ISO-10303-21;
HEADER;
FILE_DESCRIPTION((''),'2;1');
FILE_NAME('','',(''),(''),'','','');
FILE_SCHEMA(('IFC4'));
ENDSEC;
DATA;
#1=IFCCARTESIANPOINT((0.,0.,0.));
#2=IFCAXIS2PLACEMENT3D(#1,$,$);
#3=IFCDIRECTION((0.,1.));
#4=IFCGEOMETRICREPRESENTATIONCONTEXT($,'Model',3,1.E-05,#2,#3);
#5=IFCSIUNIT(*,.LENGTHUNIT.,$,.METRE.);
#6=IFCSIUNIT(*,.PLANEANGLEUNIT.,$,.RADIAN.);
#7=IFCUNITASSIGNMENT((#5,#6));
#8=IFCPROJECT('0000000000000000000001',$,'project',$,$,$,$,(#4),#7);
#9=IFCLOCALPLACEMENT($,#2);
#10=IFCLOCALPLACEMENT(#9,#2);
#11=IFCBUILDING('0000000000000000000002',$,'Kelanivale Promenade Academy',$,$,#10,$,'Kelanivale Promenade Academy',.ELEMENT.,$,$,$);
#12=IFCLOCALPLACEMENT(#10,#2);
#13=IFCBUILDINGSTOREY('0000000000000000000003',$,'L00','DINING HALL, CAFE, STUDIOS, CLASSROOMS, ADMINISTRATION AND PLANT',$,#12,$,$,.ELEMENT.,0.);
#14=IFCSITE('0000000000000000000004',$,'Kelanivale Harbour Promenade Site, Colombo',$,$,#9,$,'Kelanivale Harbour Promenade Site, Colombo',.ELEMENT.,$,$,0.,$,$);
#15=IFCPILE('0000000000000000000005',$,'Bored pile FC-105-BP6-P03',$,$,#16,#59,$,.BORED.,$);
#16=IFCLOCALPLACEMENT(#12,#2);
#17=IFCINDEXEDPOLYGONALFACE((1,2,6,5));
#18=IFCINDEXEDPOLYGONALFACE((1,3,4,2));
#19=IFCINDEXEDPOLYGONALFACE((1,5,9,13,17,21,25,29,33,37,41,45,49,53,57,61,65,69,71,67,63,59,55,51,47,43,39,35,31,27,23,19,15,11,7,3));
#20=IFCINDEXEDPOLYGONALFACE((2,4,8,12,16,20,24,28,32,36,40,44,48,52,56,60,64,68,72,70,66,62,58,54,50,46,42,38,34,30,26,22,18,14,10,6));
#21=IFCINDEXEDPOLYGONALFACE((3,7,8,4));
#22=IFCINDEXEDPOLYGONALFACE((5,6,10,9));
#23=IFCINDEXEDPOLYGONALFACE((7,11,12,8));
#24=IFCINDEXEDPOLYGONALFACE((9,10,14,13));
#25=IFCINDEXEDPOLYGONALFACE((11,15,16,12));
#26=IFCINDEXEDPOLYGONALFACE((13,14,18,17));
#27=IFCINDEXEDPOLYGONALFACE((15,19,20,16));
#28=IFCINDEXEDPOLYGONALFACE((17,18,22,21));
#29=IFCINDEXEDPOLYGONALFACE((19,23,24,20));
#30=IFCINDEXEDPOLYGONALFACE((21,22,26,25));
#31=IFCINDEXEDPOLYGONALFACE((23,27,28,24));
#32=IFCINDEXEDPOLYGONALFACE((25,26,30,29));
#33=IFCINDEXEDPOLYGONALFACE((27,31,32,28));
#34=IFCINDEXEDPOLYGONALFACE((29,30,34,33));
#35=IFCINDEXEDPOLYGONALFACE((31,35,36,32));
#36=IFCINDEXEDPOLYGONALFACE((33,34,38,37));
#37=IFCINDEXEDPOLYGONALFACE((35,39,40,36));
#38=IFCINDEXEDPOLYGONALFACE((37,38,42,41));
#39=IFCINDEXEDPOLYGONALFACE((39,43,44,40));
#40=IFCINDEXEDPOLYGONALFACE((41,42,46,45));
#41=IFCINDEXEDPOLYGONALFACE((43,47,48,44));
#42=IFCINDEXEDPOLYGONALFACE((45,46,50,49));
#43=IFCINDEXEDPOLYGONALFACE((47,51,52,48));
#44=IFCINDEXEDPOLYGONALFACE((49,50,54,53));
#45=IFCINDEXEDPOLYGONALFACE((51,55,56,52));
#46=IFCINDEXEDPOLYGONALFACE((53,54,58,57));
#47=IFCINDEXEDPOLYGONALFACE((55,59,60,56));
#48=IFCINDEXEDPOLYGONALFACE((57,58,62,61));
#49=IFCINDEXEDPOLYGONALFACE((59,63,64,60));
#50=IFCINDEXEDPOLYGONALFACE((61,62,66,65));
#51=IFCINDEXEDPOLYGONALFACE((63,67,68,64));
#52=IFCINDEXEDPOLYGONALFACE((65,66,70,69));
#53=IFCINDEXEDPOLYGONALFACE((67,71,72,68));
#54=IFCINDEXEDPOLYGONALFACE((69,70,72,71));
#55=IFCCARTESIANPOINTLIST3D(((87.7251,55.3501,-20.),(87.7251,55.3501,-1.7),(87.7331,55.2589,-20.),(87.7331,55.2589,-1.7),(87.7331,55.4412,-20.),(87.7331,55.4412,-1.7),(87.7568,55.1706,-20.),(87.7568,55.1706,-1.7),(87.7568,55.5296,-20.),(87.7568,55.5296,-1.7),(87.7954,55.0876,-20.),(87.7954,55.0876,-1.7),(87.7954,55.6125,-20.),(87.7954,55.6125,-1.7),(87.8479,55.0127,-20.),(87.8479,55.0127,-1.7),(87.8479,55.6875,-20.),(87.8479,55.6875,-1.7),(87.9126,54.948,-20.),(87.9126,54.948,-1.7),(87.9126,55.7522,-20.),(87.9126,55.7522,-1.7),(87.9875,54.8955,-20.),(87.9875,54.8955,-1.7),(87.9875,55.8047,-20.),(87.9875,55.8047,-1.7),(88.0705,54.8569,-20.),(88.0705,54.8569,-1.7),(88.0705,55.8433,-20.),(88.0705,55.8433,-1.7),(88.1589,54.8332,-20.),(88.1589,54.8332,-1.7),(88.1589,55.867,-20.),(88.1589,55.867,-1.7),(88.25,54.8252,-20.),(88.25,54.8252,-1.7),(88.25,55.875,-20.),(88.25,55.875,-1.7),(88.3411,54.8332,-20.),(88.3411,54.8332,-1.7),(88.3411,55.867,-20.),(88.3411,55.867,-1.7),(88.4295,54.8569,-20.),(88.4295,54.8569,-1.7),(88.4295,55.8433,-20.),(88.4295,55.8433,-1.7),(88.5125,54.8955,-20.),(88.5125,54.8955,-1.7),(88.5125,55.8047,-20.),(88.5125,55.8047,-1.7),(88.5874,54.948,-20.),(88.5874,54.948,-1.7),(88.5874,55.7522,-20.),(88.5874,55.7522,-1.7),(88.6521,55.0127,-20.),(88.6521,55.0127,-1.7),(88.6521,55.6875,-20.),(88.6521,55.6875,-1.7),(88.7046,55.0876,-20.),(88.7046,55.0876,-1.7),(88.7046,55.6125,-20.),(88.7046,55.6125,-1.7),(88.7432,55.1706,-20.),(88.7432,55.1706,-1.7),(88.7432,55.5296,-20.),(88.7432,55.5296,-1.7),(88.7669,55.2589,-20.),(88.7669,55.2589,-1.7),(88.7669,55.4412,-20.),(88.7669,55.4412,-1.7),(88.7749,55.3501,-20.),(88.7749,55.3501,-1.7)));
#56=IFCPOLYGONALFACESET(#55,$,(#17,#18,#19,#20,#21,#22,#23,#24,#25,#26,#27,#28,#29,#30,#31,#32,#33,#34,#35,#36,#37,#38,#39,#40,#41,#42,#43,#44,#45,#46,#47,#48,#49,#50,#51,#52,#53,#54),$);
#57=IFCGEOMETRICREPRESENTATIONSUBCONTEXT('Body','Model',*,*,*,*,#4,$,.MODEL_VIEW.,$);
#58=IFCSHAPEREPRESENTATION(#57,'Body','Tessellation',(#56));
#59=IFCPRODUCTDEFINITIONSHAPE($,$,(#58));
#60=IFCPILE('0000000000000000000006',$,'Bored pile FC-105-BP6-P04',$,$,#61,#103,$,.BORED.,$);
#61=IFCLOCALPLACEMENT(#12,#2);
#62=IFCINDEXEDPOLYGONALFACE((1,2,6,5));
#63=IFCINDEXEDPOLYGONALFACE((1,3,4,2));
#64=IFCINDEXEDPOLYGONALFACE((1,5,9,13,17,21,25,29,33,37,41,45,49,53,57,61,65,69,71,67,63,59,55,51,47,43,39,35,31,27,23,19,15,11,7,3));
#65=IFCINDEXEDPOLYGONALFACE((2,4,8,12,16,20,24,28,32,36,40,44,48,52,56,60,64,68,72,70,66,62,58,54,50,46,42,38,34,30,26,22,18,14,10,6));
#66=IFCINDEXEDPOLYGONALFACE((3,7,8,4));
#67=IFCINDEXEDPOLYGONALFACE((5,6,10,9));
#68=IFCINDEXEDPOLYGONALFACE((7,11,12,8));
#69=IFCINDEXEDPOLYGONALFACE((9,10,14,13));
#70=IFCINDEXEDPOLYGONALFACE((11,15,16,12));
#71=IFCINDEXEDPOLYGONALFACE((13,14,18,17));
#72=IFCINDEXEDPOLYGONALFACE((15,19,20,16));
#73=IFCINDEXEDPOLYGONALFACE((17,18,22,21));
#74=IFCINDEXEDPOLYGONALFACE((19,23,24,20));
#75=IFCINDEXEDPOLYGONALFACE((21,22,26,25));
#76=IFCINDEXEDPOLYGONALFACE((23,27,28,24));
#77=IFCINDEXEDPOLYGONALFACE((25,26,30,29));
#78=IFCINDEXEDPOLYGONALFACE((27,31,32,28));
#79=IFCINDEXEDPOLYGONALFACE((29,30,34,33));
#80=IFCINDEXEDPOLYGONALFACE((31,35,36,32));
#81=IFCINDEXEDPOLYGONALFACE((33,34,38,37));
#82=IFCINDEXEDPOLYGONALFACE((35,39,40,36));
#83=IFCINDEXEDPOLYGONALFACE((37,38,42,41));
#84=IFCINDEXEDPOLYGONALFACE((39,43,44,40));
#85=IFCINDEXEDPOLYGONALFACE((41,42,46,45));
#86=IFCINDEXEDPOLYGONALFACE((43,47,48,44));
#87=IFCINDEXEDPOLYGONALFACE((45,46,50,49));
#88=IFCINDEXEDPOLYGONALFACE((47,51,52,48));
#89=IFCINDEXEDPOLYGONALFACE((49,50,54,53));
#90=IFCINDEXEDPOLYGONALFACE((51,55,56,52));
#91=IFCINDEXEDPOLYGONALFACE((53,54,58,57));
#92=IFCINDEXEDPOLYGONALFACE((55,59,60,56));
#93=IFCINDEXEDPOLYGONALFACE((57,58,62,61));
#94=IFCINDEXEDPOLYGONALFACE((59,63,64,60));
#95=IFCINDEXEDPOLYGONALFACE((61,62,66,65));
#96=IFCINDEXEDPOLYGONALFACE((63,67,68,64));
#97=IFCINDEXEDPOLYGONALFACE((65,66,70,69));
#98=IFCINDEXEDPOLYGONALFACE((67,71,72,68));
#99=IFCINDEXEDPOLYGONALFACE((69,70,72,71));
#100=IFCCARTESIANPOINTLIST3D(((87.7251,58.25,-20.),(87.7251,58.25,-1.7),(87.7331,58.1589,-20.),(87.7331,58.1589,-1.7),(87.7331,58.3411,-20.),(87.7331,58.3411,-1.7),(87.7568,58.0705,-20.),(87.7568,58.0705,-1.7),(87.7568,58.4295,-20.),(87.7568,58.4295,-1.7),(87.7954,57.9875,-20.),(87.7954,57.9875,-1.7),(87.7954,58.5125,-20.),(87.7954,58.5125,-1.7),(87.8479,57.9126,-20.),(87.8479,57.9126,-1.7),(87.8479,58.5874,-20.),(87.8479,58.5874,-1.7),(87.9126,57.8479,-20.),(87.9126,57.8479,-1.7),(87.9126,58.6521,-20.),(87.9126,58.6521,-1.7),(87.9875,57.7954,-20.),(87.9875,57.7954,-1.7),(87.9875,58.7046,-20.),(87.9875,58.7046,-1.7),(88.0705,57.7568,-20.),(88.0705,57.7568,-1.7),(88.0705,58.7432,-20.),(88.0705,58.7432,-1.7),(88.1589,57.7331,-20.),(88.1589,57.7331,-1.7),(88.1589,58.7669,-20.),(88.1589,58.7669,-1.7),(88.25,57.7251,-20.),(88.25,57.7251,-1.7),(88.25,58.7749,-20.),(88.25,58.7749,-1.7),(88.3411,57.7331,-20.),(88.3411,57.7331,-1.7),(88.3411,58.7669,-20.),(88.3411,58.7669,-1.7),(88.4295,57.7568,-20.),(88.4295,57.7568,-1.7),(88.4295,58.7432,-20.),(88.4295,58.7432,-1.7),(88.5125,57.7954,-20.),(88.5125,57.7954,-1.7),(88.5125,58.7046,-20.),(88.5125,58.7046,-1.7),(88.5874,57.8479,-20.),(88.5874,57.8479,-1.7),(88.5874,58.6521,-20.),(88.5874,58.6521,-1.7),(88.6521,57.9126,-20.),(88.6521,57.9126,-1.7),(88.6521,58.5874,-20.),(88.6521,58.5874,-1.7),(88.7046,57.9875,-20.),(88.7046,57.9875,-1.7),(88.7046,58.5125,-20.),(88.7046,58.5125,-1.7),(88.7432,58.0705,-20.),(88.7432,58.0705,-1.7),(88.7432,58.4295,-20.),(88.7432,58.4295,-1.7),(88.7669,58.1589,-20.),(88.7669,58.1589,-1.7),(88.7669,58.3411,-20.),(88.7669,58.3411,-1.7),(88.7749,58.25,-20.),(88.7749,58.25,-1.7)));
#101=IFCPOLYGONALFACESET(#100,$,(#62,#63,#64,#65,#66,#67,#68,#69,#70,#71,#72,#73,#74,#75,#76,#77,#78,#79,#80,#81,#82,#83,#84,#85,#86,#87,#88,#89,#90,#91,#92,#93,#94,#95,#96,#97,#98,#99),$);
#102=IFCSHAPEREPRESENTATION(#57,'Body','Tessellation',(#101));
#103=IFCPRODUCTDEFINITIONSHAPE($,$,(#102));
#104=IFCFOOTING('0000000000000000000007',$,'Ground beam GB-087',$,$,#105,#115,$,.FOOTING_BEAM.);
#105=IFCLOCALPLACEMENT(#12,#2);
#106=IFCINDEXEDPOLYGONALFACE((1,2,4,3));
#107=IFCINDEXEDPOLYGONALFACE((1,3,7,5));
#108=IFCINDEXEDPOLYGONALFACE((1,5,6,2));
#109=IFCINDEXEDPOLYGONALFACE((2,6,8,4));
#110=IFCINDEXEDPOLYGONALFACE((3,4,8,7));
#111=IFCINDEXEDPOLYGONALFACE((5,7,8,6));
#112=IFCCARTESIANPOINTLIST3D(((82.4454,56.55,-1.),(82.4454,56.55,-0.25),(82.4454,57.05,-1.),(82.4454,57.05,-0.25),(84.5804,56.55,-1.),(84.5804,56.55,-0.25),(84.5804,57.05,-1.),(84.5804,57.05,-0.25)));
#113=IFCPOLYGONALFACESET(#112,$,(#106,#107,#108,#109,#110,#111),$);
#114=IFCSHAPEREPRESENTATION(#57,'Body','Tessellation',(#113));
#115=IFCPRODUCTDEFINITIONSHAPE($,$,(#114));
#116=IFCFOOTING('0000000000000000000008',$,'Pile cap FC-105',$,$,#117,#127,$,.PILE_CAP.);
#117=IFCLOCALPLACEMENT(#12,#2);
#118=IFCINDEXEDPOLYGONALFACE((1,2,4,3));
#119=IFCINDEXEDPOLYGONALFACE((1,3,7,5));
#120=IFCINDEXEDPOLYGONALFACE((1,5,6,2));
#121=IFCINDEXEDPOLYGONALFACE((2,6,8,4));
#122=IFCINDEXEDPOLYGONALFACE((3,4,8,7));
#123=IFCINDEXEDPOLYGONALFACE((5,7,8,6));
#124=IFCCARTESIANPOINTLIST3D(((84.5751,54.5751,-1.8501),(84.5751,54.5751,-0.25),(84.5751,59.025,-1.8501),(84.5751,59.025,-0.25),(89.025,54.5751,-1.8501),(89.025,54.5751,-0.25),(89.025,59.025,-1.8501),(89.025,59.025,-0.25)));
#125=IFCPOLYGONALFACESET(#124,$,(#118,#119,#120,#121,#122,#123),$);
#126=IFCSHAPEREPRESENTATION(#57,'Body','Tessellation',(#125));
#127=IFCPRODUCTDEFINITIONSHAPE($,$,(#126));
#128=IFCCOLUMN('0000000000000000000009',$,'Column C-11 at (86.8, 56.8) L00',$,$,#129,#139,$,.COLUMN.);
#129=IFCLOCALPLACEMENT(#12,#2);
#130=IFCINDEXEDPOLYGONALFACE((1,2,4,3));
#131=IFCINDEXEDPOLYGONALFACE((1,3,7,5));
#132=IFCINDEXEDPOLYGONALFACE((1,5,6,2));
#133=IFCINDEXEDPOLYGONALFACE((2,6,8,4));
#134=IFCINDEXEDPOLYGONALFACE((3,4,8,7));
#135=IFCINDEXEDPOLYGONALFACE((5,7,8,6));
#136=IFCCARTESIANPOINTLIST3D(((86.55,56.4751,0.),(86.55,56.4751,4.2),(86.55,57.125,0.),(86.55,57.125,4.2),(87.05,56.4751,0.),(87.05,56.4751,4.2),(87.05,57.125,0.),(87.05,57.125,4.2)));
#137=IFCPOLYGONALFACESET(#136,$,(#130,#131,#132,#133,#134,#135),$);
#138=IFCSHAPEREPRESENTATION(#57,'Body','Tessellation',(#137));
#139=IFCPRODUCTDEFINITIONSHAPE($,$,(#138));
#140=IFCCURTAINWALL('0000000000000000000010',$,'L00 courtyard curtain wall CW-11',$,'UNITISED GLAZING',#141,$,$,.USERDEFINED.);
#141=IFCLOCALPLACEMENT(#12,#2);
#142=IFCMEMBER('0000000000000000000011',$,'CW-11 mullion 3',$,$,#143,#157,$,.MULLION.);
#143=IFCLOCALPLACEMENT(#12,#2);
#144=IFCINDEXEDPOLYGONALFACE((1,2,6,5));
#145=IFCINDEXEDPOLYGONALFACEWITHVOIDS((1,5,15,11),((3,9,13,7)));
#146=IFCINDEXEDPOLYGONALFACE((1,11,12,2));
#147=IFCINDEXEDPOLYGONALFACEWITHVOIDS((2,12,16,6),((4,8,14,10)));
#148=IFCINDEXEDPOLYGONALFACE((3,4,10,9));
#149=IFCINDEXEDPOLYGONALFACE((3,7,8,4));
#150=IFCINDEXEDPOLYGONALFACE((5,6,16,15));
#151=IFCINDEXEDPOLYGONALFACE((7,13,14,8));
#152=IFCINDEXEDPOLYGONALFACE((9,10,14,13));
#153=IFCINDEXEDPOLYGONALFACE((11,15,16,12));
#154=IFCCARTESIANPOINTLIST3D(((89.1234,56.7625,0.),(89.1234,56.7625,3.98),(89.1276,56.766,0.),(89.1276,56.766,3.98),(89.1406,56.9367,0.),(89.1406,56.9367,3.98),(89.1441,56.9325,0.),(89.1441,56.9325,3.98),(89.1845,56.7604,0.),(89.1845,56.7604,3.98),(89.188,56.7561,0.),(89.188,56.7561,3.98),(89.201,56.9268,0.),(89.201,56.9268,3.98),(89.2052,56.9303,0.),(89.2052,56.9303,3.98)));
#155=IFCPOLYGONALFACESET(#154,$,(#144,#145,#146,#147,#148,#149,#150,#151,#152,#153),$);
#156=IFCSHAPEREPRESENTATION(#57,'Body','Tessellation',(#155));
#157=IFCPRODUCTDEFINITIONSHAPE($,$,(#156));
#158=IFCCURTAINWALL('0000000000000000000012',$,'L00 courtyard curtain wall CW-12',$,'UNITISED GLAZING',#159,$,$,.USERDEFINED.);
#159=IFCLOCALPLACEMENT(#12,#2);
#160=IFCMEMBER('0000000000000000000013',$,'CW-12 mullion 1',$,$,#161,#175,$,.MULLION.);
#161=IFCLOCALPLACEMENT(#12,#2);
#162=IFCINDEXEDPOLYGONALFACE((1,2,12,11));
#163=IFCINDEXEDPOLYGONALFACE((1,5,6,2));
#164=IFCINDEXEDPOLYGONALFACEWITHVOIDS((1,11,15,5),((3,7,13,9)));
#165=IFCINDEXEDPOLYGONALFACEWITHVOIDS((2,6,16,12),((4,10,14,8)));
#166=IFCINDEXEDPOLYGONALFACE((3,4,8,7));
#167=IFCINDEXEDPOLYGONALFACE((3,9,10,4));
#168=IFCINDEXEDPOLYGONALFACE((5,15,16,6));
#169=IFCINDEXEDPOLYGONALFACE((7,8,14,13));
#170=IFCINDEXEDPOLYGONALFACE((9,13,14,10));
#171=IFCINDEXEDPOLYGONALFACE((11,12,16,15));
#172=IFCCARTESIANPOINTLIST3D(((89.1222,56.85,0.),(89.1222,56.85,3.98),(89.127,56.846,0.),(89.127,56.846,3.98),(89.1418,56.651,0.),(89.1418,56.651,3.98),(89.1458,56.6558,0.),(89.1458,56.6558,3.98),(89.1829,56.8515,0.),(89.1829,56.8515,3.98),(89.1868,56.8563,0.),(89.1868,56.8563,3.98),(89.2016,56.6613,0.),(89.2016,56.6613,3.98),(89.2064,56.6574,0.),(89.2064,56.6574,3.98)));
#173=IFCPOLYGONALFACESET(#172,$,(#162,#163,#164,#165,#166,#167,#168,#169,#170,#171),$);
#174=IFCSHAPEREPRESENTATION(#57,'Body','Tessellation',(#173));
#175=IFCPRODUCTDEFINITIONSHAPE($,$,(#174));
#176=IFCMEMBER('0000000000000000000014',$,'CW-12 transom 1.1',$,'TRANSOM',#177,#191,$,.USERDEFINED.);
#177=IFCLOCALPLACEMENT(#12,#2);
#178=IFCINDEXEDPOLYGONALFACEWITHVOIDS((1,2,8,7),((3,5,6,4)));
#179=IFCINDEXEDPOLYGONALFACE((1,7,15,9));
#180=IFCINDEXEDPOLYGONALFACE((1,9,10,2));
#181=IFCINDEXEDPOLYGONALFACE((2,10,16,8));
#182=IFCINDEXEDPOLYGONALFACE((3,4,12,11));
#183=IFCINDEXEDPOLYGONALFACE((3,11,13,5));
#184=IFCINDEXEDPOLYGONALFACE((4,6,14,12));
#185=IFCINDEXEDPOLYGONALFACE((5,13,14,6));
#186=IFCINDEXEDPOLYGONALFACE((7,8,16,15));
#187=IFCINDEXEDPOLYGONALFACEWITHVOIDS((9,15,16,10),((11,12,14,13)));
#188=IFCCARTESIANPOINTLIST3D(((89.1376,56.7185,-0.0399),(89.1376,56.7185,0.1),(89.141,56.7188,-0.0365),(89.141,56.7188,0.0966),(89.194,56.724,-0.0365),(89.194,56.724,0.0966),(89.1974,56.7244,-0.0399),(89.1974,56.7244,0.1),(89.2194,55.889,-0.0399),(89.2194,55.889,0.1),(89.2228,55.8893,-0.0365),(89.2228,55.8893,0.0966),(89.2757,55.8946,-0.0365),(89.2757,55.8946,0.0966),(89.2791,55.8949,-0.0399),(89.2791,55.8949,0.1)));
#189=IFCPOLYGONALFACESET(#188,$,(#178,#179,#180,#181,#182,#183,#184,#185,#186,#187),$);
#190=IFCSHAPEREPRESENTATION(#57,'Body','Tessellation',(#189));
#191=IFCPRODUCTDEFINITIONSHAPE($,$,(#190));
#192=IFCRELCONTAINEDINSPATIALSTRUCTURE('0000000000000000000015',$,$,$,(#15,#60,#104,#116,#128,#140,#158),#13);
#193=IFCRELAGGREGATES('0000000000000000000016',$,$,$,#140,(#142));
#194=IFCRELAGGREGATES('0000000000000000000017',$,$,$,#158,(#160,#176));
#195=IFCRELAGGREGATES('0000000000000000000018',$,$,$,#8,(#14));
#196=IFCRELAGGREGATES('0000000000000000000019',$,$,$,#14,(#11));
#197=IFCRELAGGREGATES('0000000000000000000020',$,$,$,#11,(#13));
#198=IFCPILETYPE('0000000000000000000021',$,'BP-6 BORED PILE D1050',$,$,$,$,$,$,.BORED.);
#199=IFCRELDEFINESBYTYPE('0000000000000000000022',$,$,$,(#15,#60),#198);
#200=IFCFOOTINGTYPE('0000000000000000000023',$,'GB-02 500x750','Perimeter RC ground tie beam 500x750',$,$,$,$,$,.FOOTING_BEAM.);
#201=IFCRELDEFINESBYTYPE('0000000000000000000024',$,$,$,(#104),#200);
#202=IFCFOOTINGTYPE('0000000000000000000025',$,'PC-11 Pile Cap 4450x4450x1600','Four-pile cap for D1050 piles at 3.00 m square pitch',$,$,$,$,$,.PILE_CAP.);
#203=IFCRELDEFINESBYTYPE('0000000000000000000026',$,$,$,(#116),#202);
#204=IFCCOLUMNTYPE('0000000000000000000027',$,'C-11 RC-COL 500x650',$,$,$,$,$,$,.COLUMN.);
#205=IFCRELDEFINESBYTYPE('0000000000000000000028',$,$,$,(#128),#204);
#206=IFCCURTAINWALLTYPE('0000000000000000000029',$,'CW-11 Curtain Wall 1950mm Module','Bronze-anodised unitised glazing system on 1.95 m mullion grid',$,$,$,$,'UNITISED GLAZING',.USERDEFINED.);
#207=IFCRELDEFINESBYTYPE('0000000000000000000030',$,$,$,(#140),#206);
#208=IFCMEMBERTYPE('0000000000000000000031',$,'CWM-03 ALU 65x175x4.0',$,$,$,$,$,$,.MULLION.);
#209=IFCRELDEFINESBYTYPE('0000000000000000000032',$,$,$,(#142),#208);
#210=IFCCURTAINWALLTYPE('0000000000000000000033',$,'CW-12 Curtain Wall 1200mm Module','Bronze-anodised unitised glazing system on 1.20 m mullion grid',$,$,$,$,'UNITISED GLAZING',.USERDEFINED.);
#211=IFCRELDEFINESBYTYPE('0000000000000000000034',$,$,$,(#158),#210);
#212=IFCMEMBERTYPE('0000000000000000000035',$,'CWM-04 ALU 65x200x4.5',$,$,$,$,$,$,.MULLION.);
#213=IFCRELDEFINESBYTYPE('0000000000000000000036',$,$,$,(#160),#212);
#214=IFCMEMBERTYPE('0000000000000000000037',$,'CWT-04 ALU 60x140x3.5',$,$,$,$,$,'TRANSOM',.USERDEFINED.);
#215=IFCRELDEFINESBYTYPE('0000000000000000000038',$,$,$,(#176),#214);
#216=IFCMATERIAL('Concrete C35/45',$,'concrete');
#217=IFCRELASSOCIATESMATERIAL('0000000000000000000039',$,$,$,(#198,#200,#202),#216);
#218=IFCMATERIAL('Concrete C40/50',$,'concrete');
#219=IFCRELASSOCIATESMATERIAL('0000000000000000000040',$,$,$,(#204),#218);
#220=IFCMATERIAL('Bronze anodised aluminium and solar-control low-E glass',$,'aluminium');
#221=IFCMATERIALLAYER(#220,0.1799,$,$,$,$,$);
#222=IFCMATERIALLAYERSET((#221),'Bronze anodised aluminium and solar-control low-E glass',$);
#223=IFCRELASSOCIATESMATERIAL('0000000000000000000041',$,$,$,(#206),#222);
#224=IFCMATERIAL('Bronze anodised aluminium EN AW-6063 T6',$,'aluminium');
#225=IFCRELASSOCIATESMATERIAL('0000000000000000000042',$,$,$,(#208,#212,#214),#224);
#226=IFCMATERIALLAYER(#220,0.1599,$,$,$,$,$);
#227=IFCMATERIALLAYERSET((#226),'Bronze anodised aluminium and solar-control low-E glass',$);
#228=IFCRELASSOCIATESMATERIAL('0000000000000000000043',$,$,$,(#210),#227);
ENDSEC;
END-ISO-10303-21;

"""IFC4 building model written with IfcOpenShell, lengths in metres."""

from ifc_helpers import new_model, si_unit, direction, frame, origin, origin_2d, place, context, subcontext, project, spatial, rectangle, hollow_rectangle, circle, extrude, material, layer, layer_set, material_profile, profile_set, type_object, element, aggregate, save


model = new_model("IFC4")

# Units and contexts
model_context = context("Model", 3, precision=1e-05, world=origin(), true_north=direction((0.0, 1.0)))
body_context = subcontext(model_context, "Body", "Model", "MODEL_VIEW")
ifc_project = project(units=[si_unit("LENGTHUNIT", "METRE"), si_unit("PLANEANGLEUNIT", "RADIAN")], contexts=[model_context])

# Site, building, storey
site_placement = place(None, origin())
site = spatial("IfcSite", under=ifc_project, at=site_placement, Name="Kelanivale Harbour Promenade Site, Colombo", LongName="Kelanivale Harbour Promenade Site, Colombo", CompositionType="ELEMENT", RefElevation=0.0)
building_placement = place(site_placement, origin())
building = spatial("IfcBuilding", under=site, at=building_placement, Name="Kelanivale Promenade Academy", LongName="Kelanivale Promenade Academy", CompositionType="ELEMENT")
storey_placement = place(building_placement, origin())
storey = spatial("IfcBuildingStorey", under=building, at=storey_placement, Name="L00", Description="DINING HALL, CAFE, STUDIOS, CLASSROOMS, ADMINISTRATION AND PLANT", CompositionType="ELEMENT", Elevation=0.0)

# Piles
ifc_material_1 = material(Name="Concrete C35/45", Category="concrete")
ifc_material_profile_1 = material_profile(ifc_material_1, circle(Radius=0.5249, at=origin_2d()), Name="BORED PILE D1050")
ifc_profile_set_1 = profile_set([ifc_material_profile_1], Name="Concrete C35/45")
pile_type_1 = type_object("IfcPileType", Name="BP-6 BORED PILE D1050", PredefinedType="BORED", material=ifc_profile_set_1)
for number, where, z_axis, x_axis, name in (
    (1, (88.25, 55.3501, -1.7), (0.0, 0.0, -1.0), (1.0, 0.0, 0.0), "Bored pile FC-105-BP6-P03"),
    (2, (88.25, 58.25, -1.7), (0.0, 0.0, -1.0), (1.0, 0.0, 0.0), "Bored pile FC-105-BP6-P04"),
):
    element("IfcPile", number, at=place(storey_placement, frame(where, z_axis=z_axis, x_axis=x_axis)), inside=storey, type_object=pile_type_1, Name=name, PredefinedType="BORED", context=body_context, shape_type="SweptSolid", body=[
        extrude(circle(Radius=0.5249, at=origin_2d()), origin(), (0.0, 0.0, 1.0), 18.3),
    ])

# Footings
footing_type_1 = type_object("IfcFootingType", Name="GB-02 500x750", Description="Perimeter RC ground tie beam 500x750", PredefinedType="FOOTING_BEAM", material=ifc_material_1)
footing_1_placement = place(storey_placement, frame((83.5129, 56.8, -1.0), z_axis=(0.0, 0.0, 1.0), x_axis=(1.0, 0.0, 0.0)))
element("IfcFooting", 3, at=footing_1_placement, inside=storey, type_object=footing_type_1, Name="Ground beam GB-087", PredefinedType="FOOTING_BEAM", context=body_context, shape_type="SweptSolid", body=[
    extrude(rectangle(XDim=2.135, YDim=0.5, at=origin_2d()), origin(), (0.0, 0.0, 1.0), 0.75),
])
footing_type_2 = type_object("IfcFootingType", Name="PC-11 Pile Cap 4450x4450x1600", Description="Four-pile cap for D1050 piles at 3.00 m square pitch", PredefinedType="PILE_CAP", material=ifc_material_1)
footing_2_placement = place(storey_placement, frame((86.8, 56.8, -1.8501), z_axis=(0.0, 0.0, 1.0), x_axis=(1.0, 0.0, 0.0)))
element("IfcFooting", 4, at=footing_2_placement, inside=storey, type_object=footing_type_2, Name="Pile cap FC-105", PredefinedType="PILE_CAP", context=body_context, shape_type="SweptSolid", body=[
    extrude(rectangle(XDim=4.45, YDim=4.45, at=origin_2d()), origin(), (0.0, 0.0, 1.0), 1.6001),
])

# Column
ifc_material_2 = material(Name="Concrete C40/50", Category="concrete")
ifc_material_profile_2 = material_profile(ifc_material_2, rectangle(XDim=0.5, YDim=0.6499, at=origin_2d()), Name="RC-COL 500x650")
ifc_profile_set_2 = profile_set([ifc_material_profile_2], Name="Concrete C40/50")
column_type = type_object("IfcColumnType", Name="C-11 RC-COL 500x650", PredefinedType="COLUMN", material=ifc_profile_set_2)
column_placement = place(storey_placement, frame((86.8, 56.8, 0.0), z_axis=(0.0, 0.0, 1.0), x_axis=(1.0, 0.0, 0.0)))
element("IfcColumn", 5, at=column_placement, inside=storey, type_object=column_type, Name="Column C-11 at (86.8, 56.8) L00", PredefinedType="COLUMN", context=body_context, shape_type="SweptSolid", body=[
    extrude(rectangle(XDim=0.5, YDim=0.6499, at=origin_2d()), origin(), (0.0, 0.0, 1.0), 4.2),
])

# Curtain wall, member
ifc_material_3 = material(Name="Bronze anodised aluminium and solar-control low-E glass", Category="aluminium")
ifc_layer_1 = layer(ifc_material_3, 0.1799)
ifc_layer_set_1 = layer_set([ifc_layer_1], Name="Bronze anodised aluminium and solar-control low-E glass")
curtain_wall_type_1 = type_object("IfcCurtainWallType", Name="CW-11 Curtain Wall 1950mm Module", Description="Bronze-anodised unitised glazing system on 1.95 m mullion grid", ElementType="UNITISED GLAZING", PredefinedType="USERDEFINED", material=ifc_layer_set_1)
curtain_wall_1_placement = place(storey_placement, origin())
curtain_wall_1 = element("IfcCurtainWall", 6, at=curtain_wall_1_placement, inside=storey, type_object=curtain_wall_type_1, Name="L00 courtyard curtain wall CW-11", ObjectType="UNITISED GLAZING", PredefinedType="USERDEFINED")
ifc_material_4 = material(Name="Bronze anodised aluminium EN AW-6063 T6", Category="aluminium")
ifc_material_profile_3 = material_profile(ifc_material_4, hollow_rectangle(XDim=0.0649, YDim=0.175, WallThickness=0.0039, at=origin_2d()), Name="ALU 65x175x4.0")
ifc_profile_set_3 = profile_set([ifc_material_profile_3], Name="Bronze anodised aluminium EN AW-6063 T6")
member_type_1 = type_object("IfcMemberType", Name="CWM-03 ALU 65x175x4.0", PredefinedType="MULLION", material=ifc_profile_set_3)
member_1_placement = place(storey_placement, frame((89.1643, 56.8464, 0.0), z_axis=(0.0, 0.0, 1.0), x_axis=(0.995133, -0.098539, 0.0)))
member_1 = element("IfcMember", 7, at=member_1_placement, type_object=member_type_1, Name="CW-11 mullion 3", PredefinedType="MULLION", context=body_context, shape_type="SweptSolid", body=[
    extrude(hollow_rectangle(XDim=0.0649, YDim=0.175, WallThickness=0.0039, at=origin_2d()), origin(), (0.0, 0.0, 1.0), 3.98),
])

# Curtain wall, members
ifc_layer_2 = layer(ifc_material_3, 0.1599)
ifc_layer_set_2 = layer_set([ifc_layer_2], Name="Bronze anodised aluminium and solar-control low-E glass")
curtain_wall_type_2 = type_object("IfcCurtainWallType", Name="CW-12 Curtain Wall 1200mm Module", Description="Bronze-anodised unitised glazing system on 1.20 m mullion grid", ElementType="UNITISED GLAZING", PredefinedType="USERDEFINED", material=ifc_layer_set_2)
curtain_wall_2_placement = place(storey_placement, origin())
curtain_wall_2 = element("IfcCurtainWall", 8, at=curtain_wall_2_placement, inside=storey, type_object=curtain_wall_type_2, Name="L00 courtyard curtain wall CW-12", ObjectType="UNITISED GLAZING", PredefinedType="USERDEFINED")
ifc_material_profile_4 = material_profile(ifc_material_4, hollow_rectangle(XDim=0.0649, YDim=0.2, WallThickness=0.0044, at=origin_2d()), Name="ALU 65x200x4.5")
ifc_profile_set_4 = profile_set([ifc_material_profile_4], Name="Bronze anodised aluminium EN AW-6063 T6")
member_type_2 = type_object("IfcMemberType", Name="CWM-04 ALU 65x200x4.5", PredefinedType="MULLION", material=ifc_profile_set_4)
member_2_placement = place(storey_placement, frame((89.1643, 56.7537, 0.0), z_axis=(0.0, 0.0, 1.0), x_axis=(0.995159, 0.098281, 0.0)))
member_2 = element("IfcMember", 9, at=member_2_placement, type_object=member_type_2, Name="CW-12 mullion 1", PredefinedType="MULLION", context=body_context, shape_type="SweptSolid", body=[
    extrude(hollow_rectangle(XDim=0.0649, YDim=0.2, WallThickness=0.0044, at=origin_2d()), origin(), (0.0, 0.0, 1.0), 3.98),
])
ifc_material_profile_5 = material_profile(ifc_material_4, hollow_rectangle(XDim=0.0601, YDim=0.1399, WallThickness=0.0034, at=origin_2d()), Name="ALU 60x140x3.5")
ifc_profile_set_5 = profile_set([ifc_material_profile_5], Name="Bronze anodised aluminium EN AW-6063 T6")
member_type_3 = type_object("IfcMemberType", Name="CWT-04 ALU 60x140x3.5", ElementType="TRANSOM", PredefinedType="USERDEFINED", material=ifc_profile_set_5)
member_3_placement = place(storey_placement, frame((89.1675, 56.7214, 0.03), z_axis=(0.098112, -0.995175, 0.0), x_axis=(0.995175, 0.098112, 0.0)))
member_3 = element("IfcMember", 10, at=member_3_placement, type_object=member_type_3, Name="CW-12 transom 1.1", ObjectType="TRANSOM", PredefinedType="USERDEFINED", context=body_context, shape_type="SweptSolid", body=[
    extrude(hollow_rectangle(XDim=0.0601, YDim=0.1399, WallThickness=0.0034, at=origin_2d()), origin(), (0.0, 0.0, 1.0), 0.8335),
])

aggregate(curtain_wall_1, [member_1])
aggregate(curtain_wall_2, [member_2, member_3])

save(model, "model.ifc")
